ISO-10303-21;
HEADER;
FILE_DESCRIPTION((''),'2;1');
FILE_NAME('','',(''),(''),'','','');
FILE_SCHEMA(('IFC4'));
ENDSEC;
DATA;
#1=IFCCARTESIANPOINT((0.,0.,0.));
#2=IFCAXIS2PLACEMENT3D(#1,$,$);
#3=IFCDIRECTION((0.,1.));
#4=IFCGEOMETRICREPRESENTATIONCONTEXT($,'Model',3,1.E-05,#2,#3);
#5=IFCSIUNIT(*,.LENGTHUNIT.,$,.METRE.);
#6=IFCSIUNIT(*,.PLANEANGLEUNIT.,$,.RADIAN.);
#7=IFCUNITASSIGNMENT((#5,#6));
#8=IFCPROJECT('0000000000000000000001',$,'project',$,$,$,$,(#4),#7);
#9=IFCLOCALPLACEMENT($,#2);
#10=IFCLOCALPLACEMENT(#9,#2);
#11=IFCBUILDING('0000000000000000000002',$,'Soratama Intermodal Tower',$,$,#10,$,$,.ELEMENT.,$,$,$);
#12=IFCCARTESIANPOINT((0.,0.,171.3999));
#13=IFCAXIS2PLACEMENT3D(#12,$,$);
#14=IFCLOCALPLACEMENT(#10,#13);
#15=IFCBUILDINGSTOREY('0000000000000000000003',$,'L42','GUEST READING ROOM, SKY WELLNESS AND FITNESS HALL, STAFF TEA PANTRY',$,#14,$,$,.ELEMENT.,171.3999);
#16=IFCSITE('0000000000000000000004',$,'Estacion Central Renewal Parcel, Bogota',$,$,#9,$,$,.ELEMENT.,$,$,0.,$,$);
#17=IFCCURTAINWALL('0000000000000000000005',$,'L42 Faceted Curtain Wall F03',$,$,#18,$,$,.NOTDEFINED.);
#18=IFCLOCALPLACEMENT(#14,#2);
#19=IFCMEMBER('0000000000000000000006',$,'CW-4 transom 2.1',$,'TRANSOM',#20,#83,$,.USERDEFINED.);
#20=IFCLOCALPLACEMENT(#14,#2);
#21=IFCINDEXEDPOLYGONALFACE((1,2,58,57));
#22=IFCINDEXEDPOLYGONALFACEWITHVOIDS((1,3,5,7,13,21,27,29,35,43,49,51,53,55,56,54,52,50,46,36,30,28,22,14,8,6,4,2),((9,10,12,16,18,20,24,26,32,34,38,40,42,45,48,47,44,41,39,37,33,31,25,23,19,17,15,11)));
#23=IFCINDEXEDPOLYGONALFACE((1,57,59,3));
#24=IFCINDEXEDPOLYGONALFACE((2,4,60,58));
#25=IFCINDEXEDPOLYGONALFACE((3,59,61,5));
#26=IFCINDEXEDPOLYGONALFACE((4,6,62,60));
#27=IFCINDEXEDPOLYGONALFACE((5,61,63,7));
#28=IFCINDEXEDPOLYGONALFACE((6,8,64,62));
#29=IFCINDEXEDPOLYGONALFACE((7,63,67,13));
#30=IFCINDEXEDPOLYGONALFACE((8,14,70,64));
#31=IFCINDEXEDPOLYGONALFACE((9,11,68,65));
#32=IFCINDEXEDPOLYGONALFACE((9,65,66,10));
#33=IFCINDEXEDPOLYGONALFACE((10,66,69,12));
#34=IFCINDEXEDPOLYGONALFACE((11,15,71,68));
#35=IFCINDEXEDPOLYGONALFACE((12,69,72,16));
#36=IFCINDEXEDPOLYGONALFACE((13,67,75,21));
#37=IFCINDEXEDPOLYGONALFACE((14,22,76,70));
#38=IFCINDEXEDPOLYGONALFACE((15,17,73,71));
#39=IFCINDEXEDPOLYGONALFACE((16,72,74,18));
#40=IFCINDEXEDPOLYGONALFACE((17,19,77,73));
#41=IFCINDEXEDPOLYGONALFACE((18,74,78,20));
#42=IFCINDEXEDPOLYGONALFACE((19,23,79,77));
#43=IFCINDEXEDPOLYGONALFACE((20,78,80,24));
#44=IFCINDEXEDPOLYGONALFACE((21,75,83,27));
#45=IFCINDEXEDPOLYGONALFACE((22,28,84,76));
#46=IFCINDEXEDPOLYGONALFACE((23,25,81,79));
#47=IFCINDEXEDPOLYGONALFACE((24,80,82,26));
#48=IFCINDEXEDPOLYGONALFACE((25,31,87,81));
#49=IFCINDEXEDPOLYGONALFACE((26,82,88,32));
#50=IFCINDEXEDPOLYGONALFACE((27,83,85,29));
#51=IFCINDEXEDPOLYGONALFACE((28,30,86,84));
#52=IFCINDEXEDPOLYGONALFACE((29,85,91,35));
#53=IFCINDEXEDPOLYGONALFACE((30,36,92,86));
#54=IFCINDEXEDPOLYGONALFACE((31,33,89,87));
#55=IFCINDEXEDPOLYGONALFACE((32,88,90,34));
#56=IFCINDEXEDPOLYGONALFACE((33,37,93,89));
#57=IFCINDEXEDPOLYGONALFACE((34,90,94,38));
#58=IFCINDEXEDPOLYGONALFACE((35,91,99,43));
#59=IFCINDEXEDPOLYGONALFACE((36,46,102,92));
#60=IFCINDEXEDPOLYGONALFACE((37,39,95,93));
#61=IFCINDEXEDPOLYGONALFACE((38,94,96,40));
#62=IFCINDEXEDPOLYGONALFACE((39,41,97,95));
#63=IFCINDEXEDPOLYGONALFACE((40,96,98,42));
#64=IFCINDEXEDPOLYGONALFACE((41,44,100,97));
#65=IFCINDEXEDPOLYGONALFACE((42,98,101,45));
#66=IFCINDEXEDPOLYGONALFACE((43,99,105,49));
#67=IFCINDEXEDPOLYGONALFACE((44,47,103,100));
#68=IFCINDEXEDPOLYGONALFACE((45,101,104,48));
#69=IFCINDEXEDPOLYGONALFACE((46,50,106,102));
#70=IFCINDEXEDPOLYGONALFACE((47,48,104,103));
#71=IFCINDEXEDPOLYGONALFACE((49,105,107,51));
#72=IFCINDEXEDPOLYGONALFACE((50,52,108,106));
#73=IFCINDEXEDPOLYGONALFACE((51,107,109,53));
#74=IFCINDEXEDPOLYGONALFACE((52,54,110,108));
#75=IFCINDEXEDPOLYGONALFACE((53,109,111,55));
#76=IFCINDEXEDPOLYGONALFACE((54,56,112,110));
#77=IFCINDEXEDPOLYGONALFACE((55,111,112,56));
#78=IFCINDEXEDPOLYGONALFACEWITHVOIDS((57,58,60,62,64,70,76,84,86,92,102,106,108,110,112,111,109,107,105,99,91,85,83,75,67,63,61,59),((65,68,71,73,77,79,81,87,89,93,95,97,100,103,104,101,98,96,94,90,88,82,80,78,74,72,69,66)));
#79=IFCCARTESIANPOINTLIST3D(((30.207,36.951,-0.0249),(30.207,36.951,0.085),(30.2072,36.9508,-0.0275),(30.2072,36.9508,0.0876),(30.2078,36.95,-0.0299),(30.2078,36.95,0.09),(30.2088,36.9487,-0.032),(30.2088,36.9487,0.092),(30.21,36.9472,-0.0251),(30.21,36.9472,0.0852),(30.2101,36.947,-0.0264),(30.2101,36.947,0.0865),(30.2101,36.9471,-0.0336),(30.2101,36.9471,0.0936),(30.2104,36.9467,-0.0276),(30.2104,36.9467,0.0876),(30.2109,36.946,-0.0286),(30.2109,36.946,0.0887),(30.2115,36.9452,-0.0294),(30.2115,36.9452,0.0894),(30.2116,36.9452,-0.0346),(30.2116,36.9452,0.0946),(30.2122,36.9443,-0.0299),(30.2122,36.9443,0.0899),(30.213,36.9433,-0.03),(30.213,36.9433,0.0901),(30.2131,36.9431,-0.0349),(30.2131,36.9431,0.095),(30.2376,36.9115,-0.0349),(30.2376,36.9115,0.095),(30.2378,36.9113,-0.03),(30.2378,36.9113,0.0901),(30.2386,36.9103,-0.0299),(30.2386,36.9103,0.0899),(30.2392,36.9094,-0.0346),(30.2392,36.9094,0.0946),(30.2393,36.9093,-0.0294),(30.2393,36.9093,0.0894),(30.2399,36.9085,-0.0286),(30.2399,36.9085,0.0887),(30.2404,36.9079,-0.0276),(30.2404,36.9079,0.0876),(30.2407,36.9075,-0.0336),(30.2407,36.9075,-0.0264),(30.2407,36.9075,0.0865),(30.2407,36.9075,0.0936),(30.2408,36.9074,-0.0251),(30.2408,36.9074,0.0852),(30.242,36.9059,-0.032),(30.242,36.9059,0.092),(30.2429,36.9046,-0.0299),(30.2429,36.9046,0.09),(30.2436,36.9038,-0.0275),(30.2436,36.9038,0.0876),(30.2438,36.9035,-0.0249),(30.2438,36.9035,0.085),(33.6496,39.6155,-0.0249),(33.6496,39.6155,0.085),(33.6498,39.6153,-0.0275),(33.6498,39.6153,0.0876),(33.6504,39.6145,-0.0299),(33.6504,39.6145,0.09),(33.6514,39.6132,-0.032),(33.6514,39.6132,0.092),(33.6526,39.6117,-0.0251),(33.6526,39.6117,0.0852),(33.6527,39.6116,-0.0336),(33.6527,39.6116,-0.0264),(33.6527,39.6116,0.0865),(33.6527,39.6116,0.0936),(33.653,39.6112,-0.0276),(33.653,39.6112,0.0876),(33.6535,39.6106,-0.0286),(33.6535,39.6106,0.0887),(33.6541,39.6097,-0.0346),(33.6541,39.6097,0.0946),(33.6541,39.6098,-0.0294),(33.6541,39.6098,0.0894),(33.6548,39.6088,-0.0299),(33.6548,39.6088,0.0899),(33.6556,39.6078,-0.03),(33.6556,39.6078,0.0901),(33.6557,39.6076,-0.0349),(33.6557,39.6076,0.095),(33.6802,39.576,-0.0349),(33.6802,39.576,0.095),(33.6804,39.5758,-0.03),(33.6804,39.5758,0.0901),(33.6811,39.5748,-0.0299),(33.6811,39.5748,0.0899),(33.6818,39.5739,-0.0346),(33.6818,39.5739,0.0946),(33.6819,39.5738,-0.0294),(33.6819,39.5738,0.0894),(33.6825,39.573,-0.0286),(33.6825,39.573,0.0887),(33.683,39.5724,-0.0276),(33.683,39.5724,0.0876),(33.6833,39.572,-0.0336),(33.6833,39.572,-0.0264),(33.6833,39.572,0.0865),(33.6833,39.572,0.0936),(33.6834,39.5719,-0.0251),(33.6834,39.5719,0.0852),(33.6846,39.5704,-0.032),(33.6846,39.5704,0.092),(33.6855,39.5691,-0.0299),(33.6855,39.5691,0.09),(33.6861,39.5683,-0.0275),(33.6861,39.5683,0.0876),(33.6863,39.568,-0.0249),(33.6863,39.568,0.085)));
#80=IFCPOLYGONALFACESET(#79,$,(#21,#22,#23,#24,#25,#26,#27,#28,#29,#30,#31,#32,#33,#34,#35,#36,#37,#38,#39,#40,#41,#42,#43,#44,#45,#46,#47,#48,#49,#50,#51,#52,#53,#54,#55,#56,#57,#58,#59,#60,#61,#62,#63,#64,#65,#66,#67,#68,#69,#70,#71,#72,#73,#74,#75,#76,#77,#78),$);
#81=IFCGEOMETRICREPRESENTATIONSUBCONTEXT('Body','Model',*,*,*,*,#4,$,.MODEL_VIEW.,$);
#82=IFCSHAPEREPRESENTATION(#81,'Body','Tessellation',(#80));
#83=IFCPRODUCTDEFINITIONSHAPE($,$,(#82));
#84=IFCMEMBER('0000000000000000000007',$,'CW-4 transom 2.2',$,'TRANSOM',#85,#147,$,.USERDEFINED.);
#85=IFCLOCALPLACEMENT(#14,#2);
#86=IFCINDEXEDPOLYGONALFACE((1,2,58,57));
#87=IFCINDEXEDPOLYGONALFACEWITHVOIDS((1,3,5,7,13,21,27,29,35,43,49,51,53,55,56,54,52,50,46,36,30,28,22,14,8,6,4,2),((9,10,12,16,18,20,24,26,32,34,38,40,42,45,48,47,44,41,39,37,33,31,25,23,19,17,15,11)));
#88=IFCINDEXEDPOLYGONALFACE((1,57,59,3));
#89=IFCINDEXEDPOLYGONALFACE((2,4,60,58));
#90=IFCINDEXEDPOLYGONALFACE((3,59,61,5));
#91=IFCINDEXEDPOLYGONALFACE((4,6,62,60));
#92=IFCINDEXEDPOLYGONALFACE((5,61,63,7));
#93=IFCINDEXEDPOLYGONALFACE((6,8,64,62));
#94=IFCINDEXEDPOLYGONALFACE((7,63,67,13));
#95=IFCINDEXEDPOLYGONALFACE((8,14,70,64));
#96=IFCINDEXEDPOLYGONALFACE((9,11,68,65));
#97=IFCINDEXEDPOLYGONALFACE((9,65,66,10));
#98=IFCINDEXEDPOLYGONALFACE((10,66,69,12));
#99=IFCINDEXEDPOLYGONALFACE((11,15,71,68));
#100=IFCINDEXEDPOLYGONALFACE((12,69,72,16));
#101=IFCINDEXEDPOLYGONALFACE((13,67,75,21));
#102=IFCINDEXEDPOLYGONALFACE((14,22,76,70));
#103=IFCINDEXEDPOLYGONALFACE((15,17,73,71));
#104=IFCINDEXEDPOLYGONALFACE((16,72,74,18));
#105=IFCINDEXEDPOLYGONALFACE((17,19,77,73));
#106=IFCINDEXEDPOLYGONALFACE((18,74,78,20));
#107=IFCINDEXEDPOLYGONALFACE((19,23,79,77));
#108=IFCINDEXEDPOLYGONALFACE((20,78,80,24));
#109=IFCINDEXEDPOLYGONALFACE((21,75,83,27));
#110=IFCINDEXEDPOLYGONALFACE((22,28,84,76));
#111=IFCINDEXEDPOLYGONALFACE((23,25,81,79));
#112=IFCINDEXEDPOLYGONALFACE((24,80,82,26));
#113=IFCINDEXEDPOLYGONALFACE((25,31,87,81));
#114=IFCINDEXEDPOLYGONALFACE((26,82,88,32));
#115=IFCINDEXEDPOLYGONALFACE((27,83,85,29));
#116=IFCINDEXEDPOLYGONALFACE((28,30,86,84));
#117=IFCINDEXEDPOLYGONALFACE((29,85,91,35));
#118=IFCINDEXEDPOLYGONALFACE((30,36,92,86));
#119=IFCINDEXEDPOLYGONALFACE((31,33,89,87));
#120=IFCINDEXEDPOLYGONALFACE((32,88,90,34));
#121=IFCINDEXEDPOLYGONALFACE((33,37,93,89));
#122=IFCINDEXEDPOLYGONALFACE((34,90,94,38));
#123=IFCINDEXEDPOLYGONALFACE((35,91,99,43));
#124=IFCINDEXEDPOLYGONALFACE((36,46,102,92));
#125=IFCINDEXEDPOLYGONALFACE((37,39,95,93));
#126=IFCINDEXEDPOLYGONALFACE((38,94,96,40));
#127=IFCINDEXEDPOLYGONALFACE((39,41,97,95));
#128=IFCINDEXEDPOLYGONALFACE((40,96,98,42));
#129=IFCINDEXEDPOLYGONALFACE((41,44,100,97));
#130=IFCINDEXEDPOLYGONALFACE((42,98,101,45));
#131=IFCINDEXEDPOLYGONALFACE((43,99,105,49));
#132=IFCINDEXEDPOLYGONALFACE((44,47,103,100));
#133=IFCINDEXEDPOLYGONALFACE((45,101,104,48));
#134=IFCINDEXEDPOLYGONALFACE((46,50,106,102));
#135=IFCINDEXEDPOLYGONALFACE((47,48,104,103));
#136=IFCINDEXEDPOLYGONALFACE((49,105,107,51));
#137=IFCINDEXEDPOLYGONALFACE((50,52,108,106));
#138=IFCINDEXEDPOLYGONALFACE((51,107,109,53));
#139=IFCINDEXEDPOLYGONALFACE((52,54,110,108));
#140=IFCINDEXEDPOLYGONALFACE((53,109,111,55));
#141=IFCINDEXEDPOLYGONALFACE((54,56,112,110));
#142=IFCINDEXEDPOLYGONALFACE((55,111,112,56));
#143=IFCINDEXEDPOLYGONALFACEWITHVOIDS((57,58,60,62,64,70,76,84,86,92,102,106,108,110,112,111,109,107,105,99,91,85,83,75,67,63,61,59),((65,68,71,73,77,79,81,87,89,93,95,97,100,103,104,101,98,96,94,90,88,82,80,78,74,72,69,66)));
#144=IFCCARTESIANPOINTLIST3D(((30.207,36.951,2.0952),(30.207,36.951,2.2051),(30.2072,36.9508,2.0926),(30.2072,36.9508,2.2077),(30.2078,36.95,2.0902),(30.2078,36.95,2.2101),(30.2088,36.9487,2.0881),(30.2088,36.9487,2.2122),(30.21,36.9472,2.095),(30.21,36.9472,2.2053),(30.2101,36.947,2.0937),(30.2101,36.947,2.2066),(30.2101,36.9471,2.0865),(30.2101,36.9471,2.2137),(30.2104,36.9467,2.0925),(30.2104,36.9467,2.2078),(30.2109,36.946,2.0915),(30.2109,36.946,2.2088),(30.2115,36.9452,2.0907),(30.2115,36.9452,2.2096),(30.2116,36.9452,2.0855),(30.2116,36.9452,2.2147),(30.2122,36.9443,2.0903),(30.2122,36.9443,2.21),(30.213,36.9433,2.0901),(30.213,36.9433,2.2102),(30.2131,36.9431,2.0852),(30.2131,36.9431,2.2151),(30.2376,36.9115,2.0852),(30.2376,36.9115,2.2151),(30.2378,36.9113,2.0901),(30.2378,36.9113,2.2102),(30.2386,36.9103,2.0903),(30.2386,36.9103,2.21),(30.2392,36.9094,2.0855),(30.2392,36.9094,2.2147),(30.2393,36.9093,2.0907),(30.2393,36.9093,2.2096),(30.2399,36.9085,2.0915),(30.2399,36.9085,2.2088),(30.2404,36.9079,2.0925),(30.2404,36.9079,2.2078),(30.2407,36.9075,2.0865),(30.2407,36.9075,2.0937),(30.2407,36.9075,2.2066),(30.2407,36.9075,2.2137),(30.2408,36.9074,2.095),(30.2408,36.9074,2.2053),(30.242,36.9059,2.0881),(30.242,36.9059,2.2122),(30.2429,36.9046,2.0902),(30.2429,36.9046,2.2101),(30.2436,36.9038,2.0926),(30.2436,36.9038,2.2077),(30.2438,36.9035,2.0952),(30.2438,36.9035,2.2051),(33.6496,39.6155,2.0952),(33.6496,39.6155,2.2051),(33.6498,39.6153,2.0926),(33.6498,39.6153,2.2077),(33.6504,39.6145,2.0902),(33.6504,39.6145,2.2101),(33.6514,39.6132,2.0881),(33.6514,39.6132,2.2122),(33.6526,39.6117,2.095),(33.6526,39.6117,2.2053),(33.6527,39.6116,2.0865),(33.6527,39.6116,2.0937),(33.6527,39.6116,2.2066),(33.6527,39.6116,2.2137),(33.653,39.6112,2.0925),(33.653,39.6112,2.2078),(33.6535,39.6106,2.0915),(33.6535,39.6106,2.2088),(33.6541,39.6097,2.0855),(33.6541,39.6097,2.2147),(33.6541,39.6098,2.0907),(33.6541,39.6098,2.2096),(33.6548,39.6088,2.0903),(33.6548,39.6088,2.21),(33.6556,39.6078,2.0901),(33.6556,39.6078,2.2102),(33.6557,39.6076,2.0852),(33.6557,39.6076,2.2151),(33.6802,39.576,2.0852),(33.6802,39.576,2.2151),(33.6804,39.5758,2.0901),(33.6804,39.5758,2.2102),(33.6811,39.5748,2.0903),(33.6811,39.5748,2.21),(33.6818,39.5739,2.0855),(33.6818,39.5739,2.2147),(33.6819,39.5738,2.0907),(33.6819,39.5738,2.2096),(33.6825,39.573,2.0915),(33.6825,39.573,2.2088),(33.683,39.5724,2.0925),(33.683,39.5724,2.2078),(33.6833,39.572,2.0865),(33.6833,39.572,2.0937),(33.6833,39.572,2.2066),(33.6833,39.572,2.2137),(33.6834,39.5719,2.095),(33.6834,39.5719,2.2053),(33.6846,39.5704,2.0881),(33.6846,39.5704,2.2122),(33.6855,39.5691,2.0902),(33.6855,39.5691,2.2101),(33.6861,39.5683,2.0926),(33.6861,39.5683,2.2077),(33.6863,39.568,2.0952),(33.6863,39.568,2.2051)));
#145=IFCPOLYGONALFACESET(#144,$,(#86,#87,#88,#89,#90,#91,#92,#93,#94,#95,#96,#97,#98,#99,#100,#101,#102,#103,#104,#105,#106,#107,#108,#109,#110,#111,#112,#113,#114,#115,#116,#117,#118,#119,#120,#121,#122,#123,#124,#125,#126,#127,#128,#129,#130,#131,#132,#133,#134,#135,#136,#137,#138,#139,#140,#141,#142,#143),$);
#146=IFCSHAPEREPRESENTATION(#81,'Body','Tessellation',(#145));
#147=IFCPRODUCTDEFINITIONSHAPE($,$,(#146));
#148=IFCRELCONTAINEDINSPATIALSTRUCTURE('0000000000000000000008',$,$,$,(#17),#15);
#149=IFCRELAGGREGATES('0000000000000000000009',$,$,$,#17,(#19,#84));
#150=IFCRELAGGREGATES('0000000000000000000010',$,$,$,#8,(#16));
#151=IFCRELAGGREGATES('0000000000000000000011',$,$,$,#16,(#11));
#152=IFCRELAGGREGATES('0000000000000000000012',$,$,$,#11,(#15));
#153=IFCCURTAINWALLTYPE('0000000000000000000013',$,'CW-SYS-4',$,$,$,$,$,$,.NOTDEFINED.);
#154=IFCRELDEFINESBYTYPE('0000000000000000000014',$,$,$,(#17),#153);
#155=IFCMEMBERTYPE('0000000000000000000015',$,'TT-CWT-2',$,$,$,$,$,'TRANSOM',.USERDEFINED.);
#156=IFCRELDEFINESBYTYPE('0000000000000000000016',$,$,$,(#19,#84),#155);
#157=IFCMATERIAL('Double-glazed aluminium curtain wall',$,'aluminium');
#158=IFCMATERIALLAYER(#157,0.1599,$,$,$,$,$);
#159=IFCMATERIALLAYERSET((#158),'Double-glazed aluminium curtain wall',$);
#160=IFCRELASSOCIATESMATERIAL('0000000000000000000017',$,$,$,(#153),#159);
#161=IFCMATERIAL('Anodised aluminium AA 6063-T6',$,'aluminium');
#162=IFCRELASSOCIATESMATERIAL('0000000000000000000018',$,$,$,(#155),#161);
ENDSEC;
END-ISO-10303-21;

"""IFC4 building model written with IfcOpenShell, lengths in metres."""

from ifc_helpers import new_model, si_unit, direction, frame, origin, origin_2d, place, context, subcontext, project, spatial, hollow_rectangle, extrude, material, layer, layer_set, material_profile, profile_set, type_object, element, aggregate, save


model = new_model("IFC4")

# Units and contexts
model_context = context("Model", 3, precision=1e-05, world=origin(), true_north=direction((0.0, 1.0)))
body_context = subcontext(model_context, "Body", "Model", "MODEL_VIEW")
ifc_project = project(units=[si_unit("LENGTHUNIT", "METRE"), si_unit("PLANEANGLEUNIT", "RADIAN")], contexts=[model_context])

# Site, building, storey
site_placement = place(None, origin())
site = spatial("IfcSite", under=ifc_project, at=site_placement, Name="Estacion Central Renewal Parcel, Bogota", CompositionType="ELEMENT", RefElevation=0.0)
building_placement = place(site_placement, origin())
building = spatial("IfcBuilding", under=site, at=building_placement, Name="Soratama Intermodal Tower", CompositionType="ELEMENT")
storey_placement = place(building_placement, frame((0.0, 0.0, 171.3999)))
storey = spatial("IfcBuildingStorey", under=building, at=storey_placement, Name="L42", Description="GUEST READING ROOM, SKY WELLNESS AND FITNESS HALL, STAFF TEA PANTRY", CompositionType="ELEMENT", Elevation=171.3999)

# Curtain wall, members
ifc_material_1 = material(Name="Double-glazed aluminium curtain wall", Category="aluminium")
ifc_layer_1 = layer(ifc_material_1, 0.1599)
ifc_layer_set_1 = layer_set([ifc_layer_1], Name="Double-glazed aluminium curtain wall")
curtain_wall_type = type_object("IfcCurtainWallType", Name="CW-SYS-4", PredefinedType="NOTDEFINED", material=ifc_layer_set_1)
curtain_wall_placement = place(storey_placement, origin())
curtain_wall = element("IfcCurtainWall", 1, at=curtain_wall_placement, inside=storey, type_object=curtain_wall_type, Name="L42 Faceted Curtain Wall F03", PredefinedType="NOTDEFINED")
ifc_material_2 = material(Name="Anodised aluminium AA 6063-T6", Category="aluminium")
ifc_material_profile_1 = material_profile(ifc_material_2, hollow_rectangle(XDim=0.0601, YDim=0.1299, WallThickness=0.0049, InnerFilletRadius=0.0049, OuterFilletRadius=0.01, at=origin_2d()), Name="CWT130X60X5")
ifc_profile_set_1 = profile_set([ifc_material_profile_1], Name="Anodised aluminium AA 6063-T6")
member_type_1 = type_object("IfcMemberType", Name="TT-CWT-2", ElementType="TRANSOM", PredefinedType="USERDEFINED", material=ifc_profile_set_1)
member_1_placement = place(storey_placement, frame((33.668, 39.5918, 0.03), z_axis=(-0.790803, -0.612071, 0.0), x_axis=(0.612071, -0.790803, 0.0)))
member_1 = element("IfcMember", 2, at=member_1_placement, type_object=member_type_1, Name="CW-4 transom 2.1", ObjectType="TRANSOM", PredefinedType="USERDEFINED", context=body_context, shape_type="SweptSolid", body=[
    extrude(hollow_rectangle(XDim=0.0601, YDim=0.1299, WallThickness=0.0049, InnerFilletRadius=0.0049, OuterFilletRadius=0.01, at=origin_2d()), origin(), (0.0, 0.0, 1.0), 4.3533),
])
member_2_placement = place(storey_placement, frame((33.668, 39.5918, 2.1501), z_axis=(-0.790803, -0.612071, 0.0), x_axis=(0.612071, -0.790803, 0.0)))
member_2 = element("IfcMember", 3, at=member_2_placement, type_object=member_type_1, Name="CW-4 transom 2.2", ObjectType="TRANSOM", PredefinedType="USERDEFINED", context=body_context, shape_type="SweptSolid", body=[
    extrude(hollow_rectangle(XDim=0.0601, YDim=0.1299, WallThickness=0.0049, InnerFilletRadius=0.0049, OuterFilletRadius=0.01, at=origin_2d()), origin(), (0.0, 0.0, 1.0), 4.3533),
])
aggregate(curtain_wall, [member_1, member_2])

save(model, "model.ifc")
